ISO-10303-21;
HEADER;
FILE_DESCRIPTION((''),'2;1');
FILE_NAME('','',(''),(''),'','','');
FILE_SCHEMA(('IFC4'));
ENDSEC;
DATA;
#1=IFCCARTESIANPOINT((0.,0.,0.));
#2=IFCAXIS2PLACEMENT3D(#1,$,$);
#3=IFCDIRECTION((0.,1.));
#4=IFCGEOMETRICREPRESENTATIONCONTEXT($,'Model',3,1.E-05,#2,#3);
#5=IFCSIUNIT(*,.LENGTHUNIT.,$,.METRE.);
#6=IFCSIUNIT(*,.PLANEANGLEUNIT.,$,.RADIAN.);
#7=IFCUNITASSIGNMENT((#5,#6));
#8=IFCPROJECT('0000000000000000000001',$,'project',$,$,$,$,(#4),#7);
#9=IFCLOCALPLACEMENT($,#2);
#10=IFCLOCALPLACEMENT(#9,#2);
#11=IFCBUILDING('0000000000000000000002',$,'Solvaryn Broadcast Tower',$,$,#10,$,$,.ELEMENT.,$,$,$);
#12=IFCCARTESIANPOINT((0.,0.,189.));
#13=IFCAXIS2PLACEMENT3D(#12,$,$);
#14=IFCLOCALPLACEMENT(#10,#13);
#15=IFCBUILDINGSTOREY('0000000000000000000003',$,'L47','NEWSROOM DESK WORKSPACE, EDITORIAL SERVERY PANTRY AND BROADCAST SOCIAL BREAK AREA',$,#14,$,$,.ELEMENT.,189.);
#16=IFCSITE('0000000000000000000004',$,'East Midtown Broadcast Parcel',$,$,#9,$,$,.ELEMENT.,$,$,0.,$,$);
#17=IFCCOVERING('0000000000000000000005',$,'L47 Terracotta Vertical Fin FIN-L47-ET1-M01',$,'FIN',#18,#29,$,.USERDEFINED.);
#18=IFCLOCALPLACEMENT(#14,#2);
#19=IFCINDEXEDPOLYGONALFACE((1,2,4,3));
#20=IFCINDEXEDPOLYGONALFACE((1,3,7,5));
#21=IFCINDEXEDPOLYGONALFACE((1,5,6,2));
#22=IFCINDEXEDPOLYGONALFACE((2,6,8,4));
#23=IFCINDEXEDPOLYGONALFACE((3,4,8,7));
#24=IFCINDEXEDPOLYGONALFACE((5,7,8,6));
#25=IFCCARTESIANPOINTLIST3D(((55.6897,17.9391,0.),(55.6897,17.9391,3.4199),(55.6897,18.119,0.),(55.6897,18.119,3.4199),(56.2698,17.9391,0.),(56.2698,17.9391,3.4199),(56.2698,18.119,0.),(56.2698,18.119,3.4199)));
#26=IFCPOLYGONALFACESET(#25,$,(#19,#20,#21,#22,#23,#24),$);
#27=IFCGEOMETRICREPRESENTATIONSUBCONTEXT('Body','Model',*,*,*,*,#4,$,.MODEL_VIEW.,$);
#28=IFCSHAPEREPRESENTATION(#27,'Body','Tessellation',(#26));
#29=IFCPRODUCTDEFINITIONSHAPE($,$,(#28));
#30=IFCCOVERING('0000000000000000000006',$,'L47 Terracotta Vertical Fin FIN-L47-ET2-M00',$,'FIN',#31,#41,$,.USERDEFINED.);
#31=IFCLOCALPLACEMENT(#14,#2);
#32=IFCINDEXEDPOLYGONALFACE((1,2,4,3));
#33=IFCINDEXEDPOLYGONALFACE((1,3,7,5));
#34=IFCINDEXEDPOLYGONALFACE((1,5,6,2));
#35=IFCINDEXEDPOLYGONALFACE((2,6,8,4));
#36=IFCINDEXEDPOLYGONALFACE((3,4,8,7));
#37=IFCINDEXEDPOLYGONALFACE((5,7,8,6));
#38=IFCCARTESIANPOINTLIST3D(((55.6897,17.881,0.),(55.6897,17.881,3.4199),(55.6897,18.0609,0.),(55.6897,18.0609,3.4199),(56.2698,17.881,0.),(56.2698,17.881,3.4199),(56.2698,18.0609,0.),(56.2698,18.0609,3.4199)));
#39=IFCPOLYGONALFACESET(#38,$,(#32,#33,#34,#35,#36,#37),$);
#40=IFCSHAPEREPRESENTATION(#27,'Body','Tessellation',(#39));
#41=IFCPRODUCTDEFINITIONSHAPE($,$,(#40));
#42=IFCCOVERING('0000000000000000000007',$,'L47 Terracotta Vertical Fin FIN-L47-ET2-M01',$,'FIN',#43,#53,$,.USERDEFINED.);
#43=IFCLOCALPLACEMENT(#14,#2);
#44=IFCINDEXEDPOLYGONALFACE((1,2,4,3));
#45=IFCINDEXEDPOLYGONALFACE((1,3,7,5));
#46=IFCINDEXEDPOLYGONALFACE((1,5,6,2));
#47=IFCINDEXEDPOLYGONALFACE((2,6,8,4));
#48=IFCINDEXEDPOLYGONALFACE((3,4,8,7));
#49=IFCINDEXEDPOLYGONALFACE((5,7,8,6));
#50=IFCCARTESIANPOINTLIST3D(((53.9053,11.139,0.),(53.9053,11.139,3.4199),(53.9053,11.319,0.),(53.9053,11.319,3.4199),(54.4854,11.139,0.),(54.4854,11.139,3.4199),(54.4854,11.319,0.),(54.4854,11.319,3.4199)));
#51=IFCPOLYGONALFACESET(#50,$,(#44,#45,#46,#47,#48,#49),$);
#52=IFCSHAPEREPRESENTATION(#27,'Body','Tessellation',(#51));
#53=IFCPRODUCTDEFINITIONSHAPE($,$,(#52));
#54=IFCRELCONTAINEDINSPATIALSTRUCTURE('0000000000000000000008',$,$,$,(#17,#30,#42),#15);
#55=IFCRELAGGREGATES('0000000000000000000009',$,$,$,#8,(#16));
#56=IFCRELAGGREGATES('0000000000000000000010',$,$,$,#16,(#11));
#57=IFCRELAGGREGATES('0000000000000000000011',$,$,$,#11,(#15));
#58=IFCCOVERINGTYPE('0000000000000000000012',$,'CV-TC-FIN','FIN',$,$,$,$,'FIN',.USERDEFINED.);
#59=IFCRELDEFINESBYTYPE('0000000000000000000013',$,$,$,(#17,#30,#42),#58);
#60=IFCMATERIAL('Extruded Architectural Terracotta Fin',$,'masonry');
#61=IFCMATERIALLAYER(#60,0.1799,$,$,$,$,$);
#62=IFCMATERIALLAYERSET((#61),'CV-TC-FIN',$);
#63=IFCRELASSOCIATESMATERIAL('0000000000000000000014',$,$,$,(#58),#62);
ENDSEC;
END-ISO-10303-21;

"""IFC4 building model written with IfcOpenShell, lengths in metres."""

from ifc_helpers import new_model, si_unit, direction, frame, origin, origin_2d, place, context, subcontext, project, spatial, rectangle, extrude, material, layer, layer_set, type_object, element, save


model = new_model("IFC4")

# Units and contexts
model_context = context("Model", 3, precision=1e-05, world=origin(), true_north=direction((0.0, 1.0)))
body_context = subcontext(model_context, "Body", "Model", "MODEL_VIEW")
ifc_project = project(units=[si_unit("LENGTHUNIT", "METRE"), si_unit("PLANEANGLEUNIT", "RADIAN")], contexts=[model_context])

# Site, building, storey
site_placement = place(None, origin())
site = spatial("IfcSite", under=ifc_project, at=site_placement, Name="East Midtown Broadcast Parcel", CompositionType="ELEMENT", RefElevation=0.0)
building_placement = place(site_placement, origin())
building = spatial("IfcBuilding", under=site, at=building_placement, Name="Solvaryn Broadcast Tower", CompositionType="ELEMENT")
storey_placement = place(building_placement, frame((0.0, 0.0, 189.0)))
storey = spatial("IfcBuildingStorey", under=building, at=storey_placement, Name="L47", Description="NEWSROOM DESK WORKSPACE, EDITORIAL SERVERY PANTRY AND BROADCAST SOCIAL BREAK AREA", CompositionType="ELEMENT", Elevation=189.0)

# Coverings
ifc_material_1 = material(Name="Extruded Architectural Terracotta Fin", Category="masonry")
ifc_layer_1 = layer(ifc_material_1, 0.1799)
ifc_layer_set_1 = layer_set([ifc_layer_1], Name="CV-TC-FIN")
covering_type_1 = type_object("IfcCoveringType", Name="CV-TC-FIN", Description="FIN", ElementType="FIN", PredefinedType="USERDEFINED", material=ifc_layer_set_1)
for number, where, z_axis, x_axis, name in (
    (1, (55.9797, 18.0291, 0.0), (0.0, 0.0, 1.0), (1.0, 0.0, 0.0), "L47 Terracotta Vertical Fin FIN-L47-ET1-M01"),
    (2, (55.9797, 17.9709, 0.0), (0.0, 0.0, 1.0), (1.0, 0.0, 0.0), "L47 Terracotta Vertical Fin FIN-L47-ET2-M00"),
    (3, (54.1953, 11.229, 0.0), (0.0, 0.0, 1.0), (1.0, 0.0, 0.0), "L47 Terracotta Vertical Fin FIN-L47-ET2-M01"),
):
    element("IfcCovering", number, at=place(storey_placement, frame(where, z_axis=z_axis, x_axis=x_axis)), inside=storey, type_object=covering_type_1, Name=name, ObjectType="FIN", PredefinedType="USERDEFINED", context=body_context, shape_type="SweptSolid", body=[
        extrude(rectangle(XDim=0.5801, YDim=0.1799, at=origin_2d()), origin(), (0.0, 0.0, 1.0), 3.4199),
    ])

save(model, "model.ifc")
